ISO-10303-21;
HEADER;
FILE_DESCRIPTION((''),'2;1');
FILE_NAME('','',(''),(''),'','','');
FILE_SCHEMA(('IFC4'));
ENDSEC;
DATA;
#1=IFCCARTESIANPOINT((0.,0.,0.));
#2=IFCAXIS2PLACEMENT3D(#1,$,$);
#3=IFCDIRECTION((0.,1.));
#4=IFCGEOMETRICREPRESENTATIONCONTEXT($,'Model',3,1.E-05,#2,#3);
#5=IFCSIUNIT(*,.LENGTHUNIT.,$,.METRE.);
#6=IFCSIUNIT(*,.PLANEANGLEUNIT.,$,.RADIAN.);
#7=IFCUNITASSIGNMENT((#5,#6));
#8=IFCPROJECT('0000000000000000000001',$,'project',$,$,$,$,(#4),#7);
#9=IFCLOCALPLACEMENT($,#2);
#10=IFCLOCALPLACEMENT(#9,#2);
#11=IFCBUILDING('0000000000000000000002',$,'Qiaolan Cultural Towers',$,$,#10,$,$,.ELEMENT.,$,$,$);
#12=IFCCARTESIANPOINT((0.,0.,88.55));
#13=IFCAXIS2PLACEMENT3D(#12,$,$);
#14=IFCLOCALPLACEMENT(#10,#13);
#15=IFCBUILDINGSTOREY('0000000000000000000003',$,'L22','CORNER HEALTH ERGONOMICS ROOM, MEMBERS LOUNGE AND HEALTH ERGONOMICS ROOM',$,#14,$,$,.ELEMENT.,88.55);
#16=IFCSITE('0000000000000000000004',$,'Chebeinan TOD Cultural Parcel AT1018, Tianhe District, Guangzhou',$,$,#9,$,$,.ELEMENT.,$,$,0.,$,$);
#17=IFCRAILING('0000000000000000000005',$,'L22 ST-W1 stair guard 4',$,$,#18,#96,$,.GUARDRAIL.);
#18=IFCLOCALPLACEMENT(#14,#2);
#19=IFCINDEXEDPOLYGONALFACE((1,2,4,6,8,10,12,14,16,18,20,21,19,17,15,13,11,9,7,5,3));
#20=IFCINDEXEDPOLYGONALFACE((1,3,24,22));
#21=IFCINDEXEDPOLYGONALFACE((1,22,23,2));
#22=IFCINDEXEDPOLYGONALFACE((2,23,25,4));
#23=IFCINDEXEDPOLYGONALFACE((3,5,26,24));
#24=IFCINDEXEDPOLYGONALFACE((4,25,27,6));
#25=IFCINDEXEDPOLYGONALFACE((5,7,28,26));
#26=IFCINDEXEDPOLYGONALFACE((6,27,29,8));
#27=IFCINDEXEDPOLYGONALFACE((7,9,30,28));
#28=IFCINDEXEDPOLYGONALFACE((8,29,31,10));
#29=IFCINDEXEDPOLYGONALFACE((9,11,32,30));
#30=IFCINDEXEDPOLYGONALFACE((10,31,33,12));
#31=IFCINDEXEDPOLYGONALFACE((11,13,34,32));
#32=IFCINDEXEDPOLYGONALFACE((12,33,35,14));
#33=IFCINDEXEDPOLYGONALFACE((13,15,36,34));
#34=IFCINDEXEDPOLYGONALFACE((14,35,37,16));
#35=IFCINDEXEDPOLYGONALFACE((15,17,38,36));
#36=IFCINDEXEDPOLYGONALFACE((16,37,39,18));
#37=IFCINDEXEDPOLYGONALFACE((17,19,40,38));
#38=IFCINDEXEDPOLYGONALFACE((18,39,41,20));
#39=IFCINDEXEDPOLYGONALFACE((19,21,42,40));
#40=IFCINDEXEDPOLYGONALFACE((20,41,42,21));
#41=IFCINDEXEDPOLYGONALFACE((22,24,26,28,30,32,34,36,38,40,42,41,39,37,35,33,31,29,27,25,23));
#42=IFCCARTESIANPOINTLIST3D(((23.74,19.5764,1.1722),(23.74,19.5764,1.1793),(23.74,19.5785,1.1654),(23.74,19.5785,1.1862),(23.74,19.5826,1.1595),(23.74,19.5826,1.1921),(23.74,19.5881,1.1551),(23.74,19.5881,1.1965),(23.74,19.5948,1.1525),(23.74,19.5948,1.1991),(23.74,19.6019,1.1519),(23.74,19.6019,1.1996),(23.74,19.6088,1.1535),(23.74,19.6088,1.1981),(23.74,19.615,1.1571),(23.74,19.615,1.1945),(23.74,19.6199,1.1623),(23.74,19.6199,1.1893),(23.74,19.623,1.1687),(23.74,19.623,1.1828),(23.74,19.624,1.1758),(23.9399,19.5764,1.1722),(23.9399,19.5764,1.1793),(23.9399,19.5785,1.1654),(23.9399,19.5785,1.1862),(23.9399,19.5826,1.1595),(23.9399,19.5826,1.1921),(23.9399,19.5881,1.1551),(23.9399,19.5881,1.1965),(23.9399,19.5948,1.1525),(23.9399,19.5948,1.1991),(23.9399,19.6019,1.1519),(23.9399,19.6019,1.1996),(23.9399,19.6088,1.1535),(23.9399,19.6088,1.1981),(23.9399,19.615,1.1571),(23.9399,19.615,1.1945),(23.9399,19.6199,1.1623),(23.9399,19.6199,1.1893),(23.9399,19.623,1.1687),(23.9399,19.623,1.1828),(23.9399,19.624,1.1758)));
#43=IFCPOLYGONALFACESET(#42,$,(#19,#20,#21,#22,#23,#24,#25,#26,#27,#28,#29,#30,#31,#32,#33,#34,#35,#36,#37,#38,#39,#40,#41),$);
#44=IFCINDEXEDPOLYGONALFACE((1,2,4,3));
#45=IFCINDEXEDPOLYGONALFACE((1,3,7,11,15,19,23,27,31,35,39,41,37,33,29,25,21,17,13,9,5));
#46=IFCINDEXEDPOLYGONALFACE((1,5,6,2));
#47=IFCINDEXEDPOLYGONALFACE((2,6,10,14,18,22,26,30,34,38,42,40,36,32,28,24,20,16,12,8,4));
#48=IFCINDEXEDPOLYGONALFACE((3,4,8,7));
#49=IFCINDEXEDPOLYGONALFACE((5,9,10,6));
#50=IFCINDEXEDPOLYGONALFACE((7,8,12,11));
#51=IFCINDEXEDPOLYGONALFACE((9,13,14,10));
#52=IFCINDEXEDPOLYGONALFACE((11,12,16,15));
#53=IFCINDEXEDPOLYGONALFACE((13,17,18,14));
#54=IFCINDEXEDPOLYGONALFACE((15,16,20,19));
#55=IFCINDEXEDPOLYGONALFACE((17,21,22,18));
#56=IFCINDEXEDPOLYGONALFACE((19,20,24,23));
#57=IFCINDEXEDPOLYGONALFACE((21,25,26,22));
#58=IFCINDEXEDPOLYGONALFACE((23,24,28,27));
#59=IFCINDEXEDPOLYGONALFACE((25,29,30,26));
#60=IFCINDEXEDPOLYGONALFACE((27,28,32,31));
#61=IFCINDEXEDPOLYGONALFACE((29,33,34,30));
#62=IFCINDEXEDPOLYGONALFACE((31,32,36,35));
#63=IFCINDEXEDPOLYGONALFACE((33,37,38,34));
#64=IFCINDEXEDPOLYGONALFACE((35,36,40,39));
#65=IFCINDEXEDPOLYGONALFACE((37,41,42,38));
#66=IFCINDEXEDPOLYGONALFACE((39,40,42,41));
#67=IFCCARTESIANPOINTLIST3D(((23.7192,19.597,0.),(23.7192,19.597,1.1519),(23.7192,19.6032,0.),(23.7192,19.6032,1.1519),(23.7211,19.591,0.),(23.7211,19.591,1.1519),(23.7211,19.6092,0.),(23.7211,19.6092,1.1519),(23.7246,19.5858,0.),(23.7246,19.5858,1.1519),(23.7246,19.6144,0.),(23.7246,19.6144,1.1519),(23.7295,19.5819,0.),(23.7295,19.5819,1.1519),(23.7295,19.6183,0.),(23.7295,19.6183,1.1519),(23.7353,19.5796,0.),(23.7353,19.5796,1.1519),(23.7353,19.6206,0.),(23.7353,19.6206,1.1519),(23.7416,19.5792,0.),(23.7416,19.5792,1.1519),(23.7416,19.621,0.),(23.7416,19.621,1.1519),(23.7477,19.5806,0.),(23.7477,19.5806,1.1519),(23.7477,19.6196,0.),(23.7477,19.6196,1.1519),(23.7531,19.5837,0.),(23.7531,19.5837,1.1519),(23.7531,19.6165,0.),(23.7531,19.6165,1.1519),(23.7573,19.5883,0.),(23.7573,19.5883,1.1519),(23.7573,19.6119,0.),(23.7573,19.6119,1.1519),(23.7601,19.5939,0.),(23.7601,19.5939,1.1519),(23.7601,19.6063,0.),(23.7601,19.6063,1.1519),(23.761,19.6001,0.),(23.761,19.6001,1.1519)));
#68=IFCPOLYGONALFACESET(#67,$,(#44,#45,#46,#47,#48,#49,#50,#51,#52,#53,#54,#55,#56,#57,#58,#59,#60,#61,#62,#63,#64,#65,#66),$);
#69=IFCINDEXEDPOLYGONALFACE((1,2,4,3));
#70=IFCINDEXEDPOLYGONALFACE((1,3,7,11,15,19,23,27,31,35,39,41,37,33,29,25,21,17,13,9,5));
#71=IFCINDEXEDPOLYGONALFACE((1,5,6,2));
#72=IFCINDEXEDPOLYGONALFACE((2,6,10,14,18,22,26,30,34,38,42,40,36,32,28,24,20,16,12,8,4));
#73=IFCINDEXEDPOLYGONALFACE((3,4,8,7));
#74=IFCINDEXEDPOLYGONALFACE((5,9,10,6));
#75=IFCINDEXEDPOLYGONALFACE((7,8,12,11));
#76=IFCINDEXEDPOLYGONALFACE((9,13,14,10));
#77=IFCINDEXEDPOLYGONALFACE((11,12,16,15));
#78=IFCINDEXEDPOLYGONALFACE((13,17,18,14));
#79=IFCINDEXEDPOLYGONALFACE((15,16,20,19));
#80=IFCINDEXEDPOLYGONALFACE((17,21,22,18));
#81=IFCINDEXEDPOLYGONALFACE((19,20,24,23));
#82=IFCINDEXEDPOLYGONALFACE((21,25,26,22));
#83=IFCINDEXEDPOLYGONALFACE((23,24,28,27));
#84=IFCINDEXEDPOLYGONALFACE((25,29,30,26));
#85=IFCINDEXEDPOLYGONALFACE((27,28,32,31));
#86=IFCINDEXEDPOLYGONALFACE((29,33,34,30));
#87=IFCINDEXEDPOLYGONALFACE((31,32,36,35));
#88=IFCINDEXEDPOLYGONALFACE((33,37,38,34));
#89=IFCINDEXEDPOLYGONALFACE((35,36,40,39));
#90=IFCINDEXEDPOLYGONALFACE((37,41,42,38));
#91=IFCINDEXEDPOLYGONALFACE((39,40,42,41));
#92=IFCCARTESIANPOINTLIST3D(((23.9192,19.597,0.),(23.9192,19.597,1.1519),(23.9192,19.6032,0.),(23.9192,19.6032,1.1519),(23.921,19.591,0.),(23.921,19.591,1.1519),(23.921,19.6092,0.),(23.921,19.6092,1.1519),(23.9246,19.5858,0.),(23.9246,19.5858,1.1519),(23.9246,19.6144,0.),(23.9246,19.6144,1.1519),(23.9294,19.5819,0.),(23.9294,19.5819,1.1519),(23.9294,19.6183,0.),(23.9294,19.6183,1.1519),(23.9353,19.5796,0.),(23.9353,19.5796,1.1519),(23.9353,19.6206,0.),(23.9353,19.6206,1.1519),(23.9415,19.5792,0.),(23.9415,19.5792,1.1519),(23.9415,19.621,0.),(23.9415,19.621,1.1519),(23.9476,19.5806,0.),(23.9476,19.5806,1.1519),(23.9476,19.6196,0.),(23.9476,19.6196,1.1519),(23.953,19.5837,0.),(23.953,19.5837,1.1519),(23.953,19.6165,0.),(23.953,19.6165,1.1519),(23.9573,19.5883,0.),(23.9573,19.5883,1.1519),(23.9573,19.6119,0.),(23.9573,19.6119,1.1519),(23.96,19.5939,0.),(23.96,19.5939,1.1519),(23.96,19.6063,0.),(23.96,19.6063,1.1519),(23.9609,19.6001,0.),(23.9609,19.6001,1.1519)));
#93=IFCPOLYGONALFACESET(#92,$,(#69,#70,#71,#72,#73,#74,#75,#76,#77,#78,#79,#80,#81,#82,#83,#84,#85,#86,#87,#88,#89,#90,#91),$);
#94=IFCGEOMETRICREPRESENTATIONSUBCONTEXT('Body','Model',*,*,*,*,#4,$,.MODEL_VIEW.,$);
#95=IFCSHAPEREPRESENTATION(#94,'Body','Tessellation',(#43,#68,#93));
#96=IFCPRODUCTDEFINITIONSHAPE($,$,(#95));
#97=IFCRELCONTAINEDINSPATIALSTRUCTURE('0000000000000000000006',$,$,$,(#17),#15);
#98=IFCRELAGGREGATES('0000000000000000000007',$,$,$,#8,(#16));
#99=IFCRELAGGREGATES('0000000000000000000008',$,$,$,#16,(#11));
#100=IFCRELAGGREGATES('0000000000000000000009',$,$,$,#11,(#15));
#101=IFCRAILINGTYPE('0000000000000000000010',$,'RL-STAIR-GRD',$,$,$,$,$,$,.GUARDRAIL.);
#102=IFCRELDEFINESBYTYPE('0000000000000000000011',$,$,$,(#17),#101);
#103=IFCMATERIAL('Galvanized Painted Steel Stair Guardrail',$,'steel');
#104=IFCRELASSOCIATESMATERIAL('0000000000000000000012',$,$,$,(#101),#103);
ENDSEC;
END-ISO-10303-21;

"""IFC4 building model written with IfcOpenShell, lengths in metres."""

from ifc_helpers import new_model, si_unit, direction, frame, origin, origin_2d, place, context, subcontext, project, spatial, circle, extrude, material, type_object, element, save


model = new_model("IFC4")

# Units and contexts
model_context = context("Model", 3, precision=1e-05, world=origin(), true_north=direction((0.0, 1.0)))
body_context = subcontext(model_context, "Body", "Model", "MODEL_VIEW")
ifc_project = project(units=[si_unit("LENGTHUNIT", "METRE"), si_unit("PLANEANGLEUNIT", "RADIAN")], contexts=[model_context])

# Site, building, storey
site_placement = place(None, origin())
site = spatial("IfcSite", under=ifc_project, at=site_placement, Name="Chebeinan TOD Cultural Parcel AT1018, Tianhe District, Guangzhou", CompositionType="ELEMENT", RefElevation=0.0)
building_placement = place(site_placement, origin())
building = spatial("IfcBuilding", under=site, at=building_placement, Name="Qiaolan Cultural Towers", CompositionType="ELEMENT")
storey_placement = place(building_placement, frame((0.0, 0.0, 88.55)))
storey = spatial("IfcBuildingStorey", under=building, at=storey_placement, Name="L22", Description="CORNER HEALTH ERGONOMICS ROOM, MEMBERS LOUNGE AND HEALTH ERGONOMICS ROOM", CompositionType="ELEMENT", Elevation=88.55)

# Railing
ifc_material_1 = material(Name="Galvanized Painted Steel Stair Guardrail", Category="steel")
railing_type_1 = type_object("IfcRailingType", Name="RL-STAIR-GRD", PredefinedType="GUARDRAIL", material=ifc_material_1)
railing_1_placement = place(storey_placement, frame((23.74, 19.6001, 0.0)))
element("IfcRailing", 1, at=railing_1_placement, inside=storey, type_object=railing_type_1, Name="L22 ST-W1 stair guard 4", PredefinedType="GUARDRAIL", context=body_context, shape_type="SweptSolid", body=[
    extrude(circle(Radius=0.0239, at=origin_2d()), frame((0.0, 0.0, 1.1758), z_axis=(1.0, 0.0, 0.0), x_axis=(0.0, 1.0, 0.0)), (0.0, 0.0, 1.0), 0.2),
    extrude(circle(Radius=0.021, at=origin_2d()), origin(), (0.0, 0.0, 1.0), 1.1519),
    extrude(circle(Radius=0.021, at=origin_2d()), frame((0.2, 0.0, 0.0)), (0.0, 0.0, 1.0), 1.1519),
])

save(model, "model.ifc")
